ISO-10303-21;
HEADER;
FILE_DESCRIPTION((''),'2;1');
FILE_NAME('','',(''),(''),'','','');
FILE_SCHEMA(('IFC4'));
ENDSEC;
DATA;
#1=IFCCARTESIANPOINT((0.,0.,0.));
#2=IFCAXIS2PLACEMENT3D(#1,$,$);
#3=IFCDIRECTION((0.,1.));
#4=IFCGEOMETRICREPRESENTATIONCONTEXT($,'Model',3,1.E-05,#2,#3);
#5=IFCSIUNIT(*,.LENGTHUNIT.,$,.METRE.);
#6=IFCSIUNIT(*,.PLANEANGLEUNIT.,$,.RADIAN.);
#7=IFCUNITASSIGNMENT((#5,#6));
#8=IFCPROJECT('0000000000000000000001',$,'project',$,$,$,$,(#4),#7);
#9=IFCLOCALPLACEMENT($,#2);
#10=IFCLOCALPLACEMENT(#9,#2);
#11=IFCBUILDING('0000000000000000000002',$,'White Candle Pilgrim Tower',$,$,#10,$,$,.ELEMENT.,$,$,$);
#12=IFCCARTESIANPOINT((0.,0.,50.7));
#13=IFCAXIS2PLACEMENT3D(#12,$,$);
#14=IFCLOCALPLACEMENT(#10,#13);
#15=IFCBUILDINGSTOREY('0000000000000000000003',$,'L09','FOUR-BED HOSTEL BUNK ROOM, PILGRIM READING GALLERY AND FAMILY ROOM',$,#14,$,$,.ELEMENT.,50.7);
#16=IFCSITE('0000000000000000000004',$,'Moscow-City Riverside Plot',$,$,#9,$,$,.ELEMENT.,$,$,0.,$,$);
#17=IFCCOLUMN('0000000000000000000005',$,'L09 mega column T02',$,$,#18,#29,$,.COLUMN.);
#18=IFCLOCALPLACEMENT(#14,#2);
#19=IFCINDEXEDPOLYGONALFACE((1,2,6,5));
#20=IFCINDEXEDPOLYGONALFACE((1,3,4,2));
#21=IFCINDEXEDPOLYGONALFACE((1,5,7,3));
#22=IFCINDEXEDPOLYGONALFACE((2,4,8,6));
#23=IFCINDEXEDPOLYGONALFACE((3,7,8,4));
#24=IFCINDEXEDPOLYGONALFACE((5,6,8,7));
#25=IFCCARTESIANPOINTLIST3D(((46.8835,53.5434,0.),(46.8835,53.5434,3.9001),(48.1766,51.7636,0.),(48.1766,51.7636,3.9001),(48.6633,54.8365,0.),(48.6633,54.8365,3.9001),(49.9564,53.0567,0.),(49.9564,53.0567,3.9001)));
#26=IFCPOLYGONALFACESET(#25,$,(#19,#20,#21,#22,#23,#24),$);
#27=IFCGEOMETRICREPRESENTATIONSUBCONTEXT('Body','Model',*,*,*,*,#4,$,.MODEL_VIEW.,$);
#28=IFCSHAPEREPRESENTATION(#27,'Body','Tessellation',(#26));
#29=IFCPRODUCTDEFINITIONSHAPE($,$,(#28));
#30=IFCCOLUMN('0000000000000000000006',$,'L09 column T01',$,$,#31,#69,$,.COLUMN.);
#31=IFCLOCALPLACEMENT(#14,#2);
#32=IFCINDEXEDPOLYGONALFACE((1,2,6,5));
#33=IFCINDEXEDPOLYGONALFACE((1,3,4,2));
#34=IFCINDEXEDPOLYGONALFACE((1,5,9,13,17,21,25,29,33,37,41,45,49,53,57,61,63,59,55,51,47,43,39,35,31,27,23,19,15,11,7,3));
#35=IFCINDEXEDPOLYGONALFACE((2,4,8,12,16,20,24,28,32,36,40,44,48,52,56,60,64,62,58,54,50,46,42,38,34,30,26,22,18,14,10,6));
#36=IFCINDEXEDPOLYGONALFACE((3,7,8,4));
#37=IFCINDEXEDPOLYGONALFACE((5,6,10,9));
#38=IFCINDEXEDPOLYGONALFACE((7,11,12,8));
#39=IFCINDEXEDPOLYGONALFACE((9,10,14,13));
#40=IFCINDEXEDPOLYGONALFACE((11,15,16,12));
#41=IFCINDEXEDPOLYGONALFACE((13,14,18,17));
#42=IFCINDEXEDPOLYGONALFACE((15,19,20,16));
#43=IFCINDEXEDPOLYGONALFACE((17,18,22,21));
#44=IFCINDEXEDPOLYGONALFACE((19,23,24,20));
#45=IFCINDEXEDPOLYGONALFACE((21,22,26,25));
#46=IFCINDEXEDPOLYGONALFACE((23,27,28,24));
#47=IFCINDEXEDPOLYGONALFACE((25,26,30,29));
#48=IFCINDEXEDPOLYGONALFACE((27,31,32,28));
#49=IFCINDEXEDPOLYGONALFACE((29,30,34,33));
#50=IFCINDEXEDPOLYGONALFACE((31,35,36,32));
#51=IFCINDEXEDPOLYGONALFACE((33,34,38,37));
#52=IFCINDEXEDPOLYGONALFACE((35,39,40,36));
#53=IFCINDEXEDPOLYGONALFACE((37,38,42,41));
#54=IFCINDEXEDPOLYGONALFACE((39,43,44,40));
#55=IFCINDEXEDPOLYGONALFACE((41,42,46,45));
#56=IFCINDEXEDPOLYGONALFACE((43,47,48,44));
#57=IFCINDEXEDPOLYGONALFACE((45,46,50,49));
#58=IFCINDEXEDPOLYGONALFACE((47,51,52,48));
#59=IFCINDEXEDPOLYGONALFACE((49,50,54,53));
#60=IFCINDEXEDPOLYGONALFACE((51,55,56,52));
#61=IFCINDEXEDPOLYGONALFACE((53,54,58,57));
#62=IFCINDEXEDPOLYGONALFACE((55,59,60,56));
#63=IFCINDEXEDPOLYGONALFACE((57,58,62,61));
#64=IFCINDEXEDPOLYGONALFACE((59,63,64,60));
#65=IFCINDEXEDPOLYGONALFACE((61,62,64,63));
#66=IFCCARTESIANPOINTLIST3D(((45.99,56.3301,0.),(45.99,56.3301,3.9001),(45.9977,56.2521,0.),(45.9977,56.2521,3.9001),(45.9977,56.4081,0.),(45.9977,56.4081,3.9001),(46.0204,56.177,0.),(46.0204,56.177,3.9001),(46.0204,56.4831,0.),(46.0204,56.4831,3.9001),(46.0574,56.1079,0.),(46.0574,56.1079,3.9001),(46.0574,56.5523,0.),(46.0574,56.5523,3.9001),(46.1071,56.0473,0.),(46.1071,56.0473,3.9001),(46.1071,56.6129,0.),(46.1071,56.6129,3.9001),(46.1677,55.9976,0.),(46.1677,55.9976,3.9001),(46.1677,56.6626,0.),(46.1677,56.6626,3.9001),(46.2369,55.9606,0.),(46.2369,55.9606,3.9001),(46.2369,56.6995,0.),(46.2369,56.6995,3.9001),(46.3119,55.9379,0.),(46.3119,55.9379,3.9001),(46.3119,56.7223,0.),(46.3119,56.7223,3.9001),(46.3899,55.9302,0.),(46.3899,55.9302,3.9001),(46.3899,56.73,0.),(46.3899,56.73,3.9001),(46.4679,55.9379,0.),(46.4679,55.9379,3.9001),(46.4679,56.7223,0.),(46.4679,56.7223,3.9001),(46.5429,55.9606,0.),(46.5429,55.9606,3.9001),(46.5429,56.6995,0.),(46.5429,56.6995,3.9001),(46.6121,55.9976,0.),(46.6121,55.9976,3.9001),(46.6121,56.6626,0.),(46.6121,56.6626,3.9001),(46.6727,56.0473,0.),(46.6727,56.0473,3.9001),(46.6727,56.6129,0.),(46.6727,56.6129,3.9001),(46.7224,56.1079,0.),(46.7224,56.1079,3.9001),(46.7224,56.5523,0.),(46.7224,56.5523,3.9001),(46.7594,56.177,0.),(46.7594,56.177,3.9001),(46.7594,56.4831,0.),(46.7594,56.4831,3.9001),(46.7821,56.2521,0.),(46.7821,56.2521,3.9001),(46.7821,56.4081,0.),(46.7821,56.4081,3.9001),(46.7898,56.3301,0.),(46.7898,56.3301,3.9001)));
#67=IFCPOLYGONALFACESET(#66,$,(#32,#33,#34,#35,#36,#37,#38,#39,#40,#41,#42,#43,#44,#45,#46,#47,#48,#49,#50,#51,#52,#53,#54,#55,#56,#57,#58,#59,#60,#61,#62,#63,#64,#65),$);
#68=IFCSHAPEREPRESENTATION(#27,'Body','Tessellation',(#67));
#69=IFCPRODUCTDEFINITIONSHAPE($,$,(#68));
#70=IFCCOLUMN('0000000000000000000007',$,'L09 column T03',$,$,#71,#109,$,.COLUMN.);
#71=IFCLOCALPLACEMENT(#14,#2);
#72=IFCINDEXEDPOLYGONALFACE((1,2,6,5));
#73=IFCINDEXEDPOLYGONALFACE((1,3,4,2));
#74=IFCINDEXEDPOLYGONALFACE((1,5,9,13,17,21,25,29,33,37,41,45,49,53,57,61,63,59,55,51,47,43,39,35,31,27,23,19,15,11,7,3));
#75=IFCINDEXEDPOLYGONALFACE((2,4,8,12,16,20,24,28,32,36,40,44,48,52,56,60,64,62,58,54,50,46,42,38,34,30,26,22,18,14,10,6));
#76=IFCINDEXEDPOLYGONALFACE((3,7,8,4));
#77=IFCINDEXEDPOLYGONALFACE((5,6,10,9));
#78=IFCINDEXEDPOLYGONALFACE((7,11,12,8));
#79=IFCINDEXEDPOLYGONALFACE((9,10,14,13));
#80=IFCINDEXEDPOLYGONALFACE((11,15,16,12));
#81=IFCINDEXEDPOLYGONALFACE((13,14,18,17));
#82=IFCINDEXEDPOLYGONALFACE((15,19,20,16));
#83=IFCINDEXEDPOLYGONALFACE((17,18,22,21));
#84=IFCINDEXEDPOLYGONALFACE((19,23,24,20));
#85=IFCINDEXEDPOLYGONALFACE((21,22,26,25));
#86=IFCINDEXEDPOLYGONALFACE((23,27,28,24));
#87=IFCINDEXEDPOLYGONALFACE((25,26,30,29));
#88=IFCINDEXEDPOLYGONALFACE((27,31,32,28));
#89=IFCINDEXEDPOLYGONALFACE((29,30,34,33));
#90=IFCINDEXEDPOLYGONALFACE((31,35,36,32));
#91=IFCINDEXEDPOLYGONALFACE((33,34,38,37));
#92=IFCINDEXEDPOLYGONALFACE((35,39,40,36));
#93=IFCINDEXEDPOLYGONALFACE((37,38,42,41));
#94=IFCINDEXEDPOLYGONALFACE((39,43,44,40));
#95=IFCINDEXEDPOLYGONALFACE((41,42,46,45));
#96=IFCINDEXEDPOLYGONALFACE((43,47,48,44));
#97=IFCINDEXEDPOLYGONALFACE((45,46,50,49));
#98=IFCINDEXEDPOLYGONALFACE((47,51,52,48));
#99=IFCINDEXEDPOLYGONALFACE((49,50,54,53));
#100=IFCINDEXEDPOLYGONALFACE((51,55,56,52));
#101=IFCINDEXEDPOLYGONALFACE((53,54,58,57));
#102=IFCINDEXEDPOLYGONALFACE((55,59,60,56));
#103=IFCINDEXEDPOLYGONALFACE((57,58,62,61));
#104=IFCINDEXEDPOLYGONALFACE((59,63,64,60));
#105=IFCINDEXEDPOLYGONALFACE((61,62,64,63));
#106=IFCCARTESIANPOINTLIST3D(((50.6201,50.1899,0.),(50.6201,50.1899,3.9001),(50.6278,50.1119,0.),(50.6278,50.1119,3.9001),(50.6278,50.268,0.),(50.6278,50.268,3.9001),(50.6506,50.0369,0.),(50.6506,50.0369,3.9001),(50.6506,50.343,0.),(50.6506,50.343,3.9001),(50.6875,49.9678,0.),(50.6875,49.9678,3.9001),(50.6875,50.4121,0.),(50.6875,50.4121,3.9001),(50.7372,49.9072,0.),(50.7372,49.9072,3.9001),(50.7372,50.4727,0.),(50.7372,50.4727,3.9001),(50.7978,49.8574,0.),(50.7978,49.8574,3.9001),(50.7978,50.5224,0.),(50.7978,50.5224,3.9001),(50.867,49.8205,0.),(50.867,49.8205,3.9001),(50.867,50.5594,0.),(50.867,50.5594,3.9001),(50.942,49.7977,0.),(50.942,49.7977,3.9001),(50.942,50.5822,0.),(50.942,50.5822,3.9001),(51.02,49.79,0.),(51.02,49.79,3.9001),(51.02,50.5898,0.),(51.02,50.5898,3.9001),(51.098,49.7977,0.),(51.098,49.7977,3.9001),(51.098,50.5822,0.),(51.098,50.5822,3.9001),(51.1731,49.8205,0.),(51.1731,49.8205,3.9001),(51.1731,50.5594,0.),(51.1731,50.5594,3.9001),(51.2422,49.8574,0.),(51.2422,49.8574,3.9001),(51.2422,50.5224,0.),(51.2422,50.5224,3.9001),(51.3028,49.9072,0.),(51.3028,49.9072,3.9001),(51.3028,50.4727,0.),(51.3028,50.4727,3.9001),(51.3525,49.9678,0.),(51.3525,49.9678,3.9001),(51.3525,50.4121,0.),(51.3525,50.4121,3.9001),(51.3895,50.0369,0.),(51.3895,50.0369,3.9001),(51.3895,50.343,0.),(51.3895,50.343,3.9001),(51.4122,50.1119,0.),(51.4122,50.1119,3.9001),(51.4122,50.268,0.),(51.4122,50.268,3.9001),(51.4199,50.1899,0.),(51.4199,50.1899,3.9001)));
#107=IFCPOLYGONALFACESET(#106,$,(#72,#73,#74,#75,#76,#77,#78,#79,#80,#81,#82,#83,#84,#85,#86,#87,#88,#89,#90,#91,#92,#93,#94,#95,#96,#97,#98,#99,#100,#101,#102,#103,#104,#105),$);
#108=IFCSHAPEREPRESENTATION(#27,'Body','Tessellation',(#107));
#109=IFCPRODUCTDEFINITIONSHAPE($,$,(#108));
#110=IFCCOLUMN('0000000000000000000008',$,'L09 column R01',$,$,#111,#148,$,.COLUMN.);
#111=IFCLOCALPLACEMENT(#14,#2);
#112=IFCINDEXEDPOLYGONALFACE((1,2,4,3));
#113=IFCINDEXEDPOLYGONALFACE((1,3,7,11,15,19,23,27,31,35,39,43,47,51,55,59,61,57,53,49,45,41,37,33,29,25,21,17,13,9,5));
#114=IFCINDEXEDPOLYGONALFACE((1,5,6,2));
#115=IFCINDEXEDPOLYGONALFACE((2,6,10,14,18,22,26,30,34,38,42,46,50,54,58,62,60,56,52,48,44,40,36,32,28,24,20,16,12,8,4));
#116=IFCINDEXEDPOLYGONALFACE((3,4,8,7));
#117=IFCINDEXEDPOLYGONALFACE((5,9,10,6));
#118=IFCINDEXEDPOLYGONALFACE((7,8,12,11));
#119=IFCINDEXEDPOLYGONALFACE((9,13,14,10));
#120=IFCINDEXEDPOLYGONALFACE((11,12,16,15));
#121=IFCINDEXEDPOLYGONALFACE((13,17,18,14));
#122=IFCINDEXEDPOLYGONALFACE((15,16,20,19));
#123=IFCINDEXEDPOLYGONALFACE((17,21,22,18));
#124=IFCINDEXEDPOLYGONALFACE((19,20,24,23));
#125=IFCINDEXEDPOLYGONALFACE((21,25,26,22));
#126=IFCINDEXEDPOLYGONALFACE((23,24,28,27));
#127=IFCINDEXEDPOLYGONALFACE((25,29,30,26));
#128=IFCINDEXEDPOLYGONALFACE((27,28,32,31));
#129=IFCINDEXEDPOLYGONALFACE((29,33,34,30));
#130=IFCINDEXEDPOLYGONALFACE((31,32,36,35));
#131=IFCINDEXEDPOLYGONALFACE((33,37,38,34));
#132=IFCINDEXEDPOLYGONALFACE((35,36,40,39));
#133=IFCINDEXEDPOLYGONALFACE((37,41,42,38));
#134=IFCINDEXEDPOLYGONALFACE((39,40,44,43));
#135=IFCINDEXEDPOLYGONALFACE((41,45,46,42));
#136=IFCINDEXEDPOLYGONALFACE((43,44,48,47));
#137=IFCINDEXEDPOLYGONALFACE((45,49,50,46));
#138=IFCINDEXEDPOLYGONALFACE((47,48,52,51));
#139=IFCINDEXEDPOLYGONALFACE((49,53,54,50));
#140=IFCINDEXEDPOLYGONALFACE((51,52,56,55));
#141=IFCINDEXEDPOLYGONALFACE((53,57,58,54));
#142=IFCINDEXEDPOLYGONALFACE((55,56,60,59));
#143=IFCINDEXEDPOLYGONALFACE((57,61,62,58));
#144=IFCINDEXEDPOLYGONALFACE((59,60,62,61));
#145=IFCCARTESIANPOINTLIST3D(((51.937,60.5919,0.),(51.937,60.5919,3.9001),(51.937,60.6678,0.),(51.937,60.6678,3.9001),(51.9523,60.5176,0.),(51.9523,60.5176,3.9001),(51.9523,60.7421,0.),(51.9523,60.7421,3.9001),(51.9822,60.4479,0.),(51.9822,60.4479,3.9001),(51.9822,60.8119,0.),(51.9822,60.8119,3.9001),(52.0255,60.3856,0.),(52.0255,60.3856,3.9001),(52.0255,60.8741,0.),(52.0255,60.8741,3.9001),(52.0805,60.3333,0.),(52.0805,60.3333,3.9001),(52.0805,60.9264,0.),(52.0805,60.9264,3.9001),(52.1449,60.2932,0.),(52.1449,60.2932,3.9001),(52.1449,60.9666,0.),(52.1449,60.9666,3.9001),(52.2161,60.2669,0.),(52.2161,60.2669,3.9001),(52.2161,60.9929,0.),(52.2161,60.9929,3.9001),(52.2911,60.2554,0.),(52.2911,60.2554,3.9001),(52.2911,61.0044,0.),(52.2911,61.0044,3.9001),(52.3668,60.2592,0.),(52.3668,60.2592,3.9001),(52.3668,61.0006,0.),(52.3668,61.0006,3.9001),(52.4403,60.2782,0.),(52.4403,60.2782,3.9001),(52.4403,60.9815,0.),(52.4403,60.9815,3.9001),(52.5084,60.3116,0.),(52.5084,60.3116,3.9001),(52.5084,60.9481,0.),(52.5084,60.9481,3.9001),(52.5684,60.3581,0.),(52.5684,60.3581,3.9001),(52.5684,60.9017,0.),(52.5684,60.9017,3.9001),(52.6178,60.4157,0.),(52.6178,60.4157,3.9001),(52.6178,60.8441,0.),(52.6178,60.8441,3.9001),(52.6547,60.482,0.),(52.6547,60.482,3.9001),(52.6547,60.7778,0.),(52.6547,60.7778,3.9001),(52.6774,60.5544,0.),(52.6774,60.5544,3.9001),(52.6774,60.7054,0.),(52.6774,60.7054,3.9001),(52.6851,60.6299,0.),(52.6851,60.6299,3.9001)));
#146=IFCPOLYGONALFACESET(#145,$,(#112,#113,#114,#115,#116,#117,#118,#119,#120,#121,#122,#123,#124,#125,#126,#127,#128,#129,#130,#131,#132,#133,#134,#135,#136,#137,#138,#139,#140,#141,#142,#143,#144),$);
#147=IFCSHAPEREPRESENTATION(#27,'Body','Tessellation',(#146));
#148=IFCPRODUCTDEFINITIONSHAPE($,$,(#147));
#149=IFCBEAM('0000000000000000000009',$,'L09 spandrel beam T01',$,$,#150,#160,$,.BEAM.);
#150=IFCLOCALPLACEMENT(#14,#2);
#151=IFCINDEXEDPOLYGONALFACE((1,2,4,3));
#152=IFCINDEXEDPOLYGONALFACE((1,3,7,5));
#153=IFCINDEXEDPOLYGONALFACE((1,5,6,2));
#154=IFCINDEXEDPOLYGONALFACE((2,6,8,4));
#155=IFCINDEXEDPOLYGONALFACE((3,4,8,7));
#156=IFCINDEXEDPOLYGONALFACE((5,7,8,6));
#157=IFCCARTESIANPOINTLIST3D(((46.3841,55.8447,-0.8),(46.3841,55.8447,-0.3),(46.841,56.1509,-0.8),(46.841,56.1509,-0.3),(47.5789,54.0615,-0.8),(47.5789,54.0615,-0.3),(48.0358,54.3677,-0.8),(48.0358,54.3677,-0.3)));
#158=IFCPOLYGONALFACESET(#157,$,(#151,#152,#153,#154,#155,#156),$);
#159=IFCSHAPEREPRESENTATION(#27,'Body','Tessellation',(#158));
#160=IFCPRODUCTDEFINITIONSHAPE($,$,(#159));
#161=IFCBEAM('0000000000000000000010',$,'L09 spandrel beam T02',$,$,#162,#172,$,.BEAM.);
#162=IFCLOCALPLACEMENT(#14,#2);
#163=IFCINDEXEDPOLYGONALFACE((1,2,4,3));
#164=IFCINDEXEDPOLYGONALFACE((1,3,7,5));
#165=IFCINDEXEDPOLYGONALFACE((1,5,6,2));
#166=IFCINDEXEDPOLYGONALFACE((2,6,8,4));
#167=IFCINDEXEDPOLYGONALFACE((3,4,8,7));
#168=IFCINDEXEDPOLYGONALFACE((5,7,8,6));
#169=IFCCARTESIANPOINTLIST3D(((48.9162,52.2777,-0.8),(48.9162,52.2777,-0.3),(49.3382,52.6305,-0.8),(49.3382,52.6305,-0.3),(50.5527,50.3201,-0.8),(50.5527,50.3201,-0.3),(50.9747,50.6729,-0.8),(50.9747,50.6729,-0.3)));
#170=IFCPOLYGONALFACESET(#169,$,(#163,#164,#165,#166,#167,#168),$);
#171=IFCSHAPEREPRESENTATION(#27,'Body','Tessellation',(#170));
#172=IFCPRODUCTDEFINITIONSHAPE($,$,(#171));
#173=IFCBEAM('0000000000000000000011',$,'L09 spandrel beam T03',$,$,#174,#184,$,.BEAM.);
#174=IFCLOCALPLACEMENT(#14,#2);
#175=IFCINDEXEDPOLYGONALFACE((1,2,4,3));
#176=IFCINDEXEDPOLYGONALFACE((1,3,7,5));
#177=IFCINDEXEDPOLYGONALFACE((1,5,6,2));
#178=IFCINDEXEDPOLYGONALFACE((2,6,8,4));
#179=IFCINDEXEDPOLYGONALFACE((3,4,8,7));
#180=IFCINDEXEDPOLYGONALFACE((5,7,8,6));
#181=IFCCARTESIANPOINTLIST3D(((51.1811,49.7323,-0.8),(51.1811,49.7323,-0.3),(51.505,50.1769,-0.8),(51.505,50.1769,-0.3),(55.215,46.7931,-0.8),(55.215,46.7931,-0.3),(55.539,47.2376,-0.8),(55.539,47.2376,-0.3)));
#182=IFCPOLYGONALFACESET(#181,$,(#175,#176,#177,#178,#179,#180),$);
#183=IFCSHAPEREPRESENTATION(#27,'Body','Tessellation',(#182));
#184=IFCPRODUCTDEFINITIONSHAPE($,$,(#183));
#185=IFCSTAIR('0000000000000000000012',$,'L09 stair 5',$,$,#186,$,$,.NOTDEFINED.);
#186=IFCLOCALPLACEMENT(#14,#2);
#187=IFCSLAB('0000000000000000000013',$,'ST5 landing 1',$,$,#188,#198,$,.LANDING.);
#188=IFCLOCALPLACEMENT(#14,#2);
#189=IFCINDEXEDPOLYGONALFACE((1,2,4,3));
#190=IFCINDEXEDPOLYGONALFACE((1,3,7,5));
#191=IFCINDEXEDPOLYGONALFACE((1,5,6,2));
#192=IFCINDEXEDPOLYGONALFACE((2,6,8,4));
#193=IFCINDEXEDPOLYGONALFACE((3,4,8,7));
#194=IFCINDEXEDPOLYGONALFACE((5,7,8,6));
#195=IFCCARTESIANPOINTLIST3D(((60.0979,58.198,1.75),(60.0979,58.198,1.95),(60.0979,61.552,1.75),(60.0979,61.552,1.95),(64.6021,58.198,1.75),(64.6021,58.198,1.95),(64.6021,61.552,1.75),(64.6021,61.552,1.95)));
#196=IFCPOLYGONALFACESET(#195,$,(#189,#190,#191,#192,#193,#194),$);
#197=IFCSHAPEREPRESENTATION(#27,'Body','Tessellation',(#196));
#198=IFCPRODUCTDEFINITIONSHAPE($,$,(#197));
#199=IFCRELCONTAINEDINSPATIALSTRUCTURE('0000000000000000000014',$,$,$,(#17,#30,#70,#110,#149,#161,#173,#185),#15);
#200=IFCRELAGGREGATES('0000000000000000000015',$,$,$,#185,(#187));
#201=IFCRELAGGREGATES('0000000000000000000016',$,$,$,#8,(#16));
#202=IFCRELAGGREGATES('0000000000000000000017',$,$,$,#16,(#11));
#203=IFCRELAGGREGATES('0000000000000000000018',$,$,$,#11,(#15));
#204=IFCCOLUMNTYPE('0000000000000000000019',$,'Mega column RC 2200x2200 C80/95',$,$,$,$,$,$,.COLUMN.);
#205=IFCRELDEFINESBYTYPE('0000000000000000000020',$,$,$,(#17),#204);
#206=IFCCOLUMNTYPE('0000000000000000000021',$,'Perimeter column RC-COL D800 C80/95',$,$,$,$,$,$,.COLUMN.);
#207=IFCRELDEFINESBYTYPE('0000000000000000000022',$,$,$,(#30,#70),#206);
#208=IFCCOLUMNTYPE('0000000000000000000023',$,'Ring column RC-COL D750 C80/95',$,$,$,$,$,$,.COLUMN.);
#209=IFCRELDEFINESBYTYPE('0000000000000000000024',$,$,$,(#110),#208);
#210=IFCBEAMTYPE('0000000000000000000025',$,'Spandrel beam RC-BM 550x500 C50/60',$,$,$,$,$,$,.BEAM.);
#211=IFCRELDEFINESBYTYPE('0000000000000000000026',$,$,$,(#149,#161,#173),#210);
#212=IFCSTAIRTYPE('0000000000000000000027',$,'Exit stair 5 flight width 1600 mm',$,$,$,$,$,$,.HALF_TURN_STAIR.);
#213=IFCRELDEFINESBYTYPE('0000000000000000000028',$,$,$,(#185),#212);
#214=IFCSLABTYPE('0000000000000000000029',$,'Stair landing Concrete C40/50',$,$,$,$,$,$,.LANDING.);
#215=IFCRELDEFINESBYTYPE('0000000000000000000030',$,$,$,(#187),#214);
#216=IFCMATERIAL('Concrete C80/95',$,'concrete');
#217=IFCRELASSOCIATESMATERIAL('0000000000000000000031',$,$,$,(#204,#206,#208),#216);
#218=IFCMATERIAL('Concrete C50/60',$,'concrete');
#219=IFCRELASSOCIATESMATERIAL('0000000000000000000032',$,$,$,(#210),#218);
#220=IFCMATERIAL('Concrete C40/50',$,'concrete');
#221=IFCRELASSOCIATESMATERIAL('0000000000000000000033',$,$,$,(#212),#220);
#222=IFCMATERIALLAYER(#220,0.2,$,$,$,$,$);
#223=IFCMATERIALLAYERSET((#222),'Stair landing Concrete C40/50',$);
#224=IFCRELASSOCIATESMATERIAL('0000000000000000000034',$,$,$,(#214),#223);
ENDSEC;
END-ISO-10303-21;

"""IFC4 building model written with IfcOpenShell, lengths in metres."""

from ifc_helpers import new_model, si_unit, direction, frame, origin, origin_2d, place, context, subcontext, project, spatial, polyline, rectangle, circle, outline, extrude, material, layer, layer_set, material_profile, profile_set, type_object, element, aggregate, save


model = new_model("IFC4")

# Units and contexts
model_context = context("Model", 3, precision=1e-05, world=origin(), true_north=direction((0.0, 1.0)))
body_context = subcontext(model_context, "Body", "Model", "MODEL_VIEW")
ifc_project = project(units=[si_unit("LENGTHUNIT", "METRE"), si_unit("PLANEANGLEUNIT", "RADIAN")], contexts=[model_context])

# Site, building, storey
site_placement = place(None, origin())
site = spatial("IfcSite", under=ifc_project, at=site_placement, Name="Moscow-City Riverside Plot", CompositionType="ELEMENT", RefElevation=0.0)
building_placement = place(site_placement, origin())
building = spatial("IfcBuilding", under=site, at=building_placement, Name="White Candle Pilgrim Tower", CompositionType="ELEMENT")
storey_placement = place(building_placement, frame((0.0, 0.0, 50.7)))
storey = spatial("IfcBuildingStorey", under=building, at=storey_placement, Name="L09", Description="FOUR-BED HOSTEL BUNK ROOM, PILGRIM READING GALLERY AND FAMILY ROOM", CompositionType="ELEMENT", Elevation=50.7)

# Columns
ifc_material_1 = material(Name="Concrete C80/95", Category="concrete")
ifc_material_profile_1 = material_profile(ifc_material_1, rectangle(XDim=2.2, YDim=2.2, at=origin_2d()), Name="RC 2200x2200")
ifc_profile_set_1 = profile_set([ifc_material_profile_1], Name="Concrete C80/95")
column_type_1 = type_object("IfcColumnType", Name="Mega column RC 2200x2200 C80/95", PredefinedType="COLUMN", material=ifc_profile_set_1)
column_1_placement = place(storey_placement, frame((48.4199, 53.3, 0.0), z_axis=(0.0, 0.0, 1.0), x_axis=(-0.809017, -0.587785, 0.0)))
element("IfcColumn", 1, at=column_1_placement, inside=storey, type_object=column_type_1, Name="L09 mega column T02", PredefinedType="COLUMN", context=body_context, shape_type="SweptSolid", body=[
    extrude(rectangle(XDim=2.2, YDim=2.2, at=origin_2d()), origin(), (0.0, 0.0, 1.0), 3.9001),
])
ifc_material_profile_2 = material_profile(ifc_material_1, circle(Radius=0.3999, at=origin_2d()), Name="RC-COL D800")
ifc_profile_set_2 = profile_set([ifc_material_profile_2], Name="Concrete C80/95")
column_type_2 = type_object("IfcColumnType", Name="Perimeter column RC-COL D800 C80/95", PredefinedType="COLUMN", material=ifc_profile_set_2)
for number, where, z_axis, x_axis, name in (
    (2, (46.3899, 56.3301, 0.0), (0.0, 0.0, 1.0), (1.0, 0.0, 0.0), "L09 column T01"),
    (3, (51.02, 50.1899, 0.0), (0.0, 0.0, 1.0), (1.0, 0.0, 0.0), "L09 column T03"),
):
    element("IfcColumn", number, at=place(storey_placement, frame(where, z_axis=z_axis, x_axis=x_axis)), inside=storey, type_object=column_type_2, Name=name, PredefinedType="COLUMN", context=body_context, shape_type="SweptSolid", body=[
        extrude(circle(Radius=0.3999, at=origin_2d()), origin(), (0.0, 0.0, 1.0), 3.9001),
    ])
ifc_material_profile_3 = material_profile(ifc_material_1, circle(Radius=0.375, at=origin_2d()), Name="RC-COL D750")
ifc_profile_set_3 = profile_set([ifc_material_profile_3], Name="Concrete C80/95")
column_type_3 = type_object("IfcColumnType", Name="Ring column RC-COL D750 C80/95", PredefinedType="COLUMN", material=ifc_profile_set_3)
column_2_placement = place(storey_placement, frame((52.3101, 60.6299, 0.0), z_axis=(0.0, 0.0, 1.0), x_axis=(1.0, 0.0, 0.0)))
element("IfcColumn", 4, at=column_2_placement, inside=storey, type_object=column_type_3, Name="L09 column R01", PredefinedType="COLUMN", context=body_context, shape_type="SweptSolid", body=[
    extrude(circle(Radius=0.375, at=origin_2d()), origin(), (0.0, 0.0, 1.0), 3.9001),
])

# Beams
ifc_material_2 = material(Name="Concrete C50/60", Category="concrete")
ifc_material_profile_4 = material_profile(ifc_material_2, rectangle(XDim=0.55, YDim=0.5, at=origin_2d()), Name="RC-BM 550x500")
ifc_profile_set_4 = profile_set([ifc_material_profile_4], Name="Concrete C50/60")
beam_type = type_object("IfcBeamType", Name="Spandrel beam RC-BM 550x500 C50/60", PredefinedType="BEAM", material=ifc_profile_set_4)
beam_1_placement = place(storey_placement, frame((46.6125, 55.9978, -0.55), z_axis=(0.556641, -0.830753, 0.0), x_axis=(0.830753, 0.556641, 0.0)))
element("IfcBeam", 5, at=beam_1_placement, inside=storey, type_object=beam_type, Name="L09 spandrel beam T01", PredefinedType="BEAM", context=body_context, shape_type="SweptSolid", body=[
    extrude(rectangle(XDim=0.55, YDim=0.5, at=origin_2d()), origin(), (0.0, 0.0, 1.0), 2.1465),
])
beam_2_placement = place(storey_placement, frame((49.1272, 52.4541, -0.55), z_axis=(0.641388, -0.767216, 0.0), x_axis=(0.767216, 0.641388, 0.0)))
element("IfcBeam", 6, at=beam_2_placement, inside=storey, type_object=beam_type, Name="L09 spandrel beam T02", PredefinedType="BEAM", context=body_context, shape_type="SweptSolid", body=[
    extrude(rectangle(XDim=0.55, YDim=0.5, at=origin_2d()), origin(), (0.0, 0.0, 1.0), 2.5515),
])
beam_3_placement = place(storey_placement, frame((51.343, 49.9546, -0.55), z_axis=(0.808218, -0.588884, 0.0), x_axis=(0.588884, 0.808218, 0.0)))
element("IfcBeam", 7, at=beam_3_placement, inside=storey, type_object=beam_type, Name="L09 spandrel beam T03", PredefinedType="BEAM", context=body_context, shape_type="SweptSolid", body=[
    extrude(rectangle(XDim=0.55, YDim=0.5, at=origin_2d()), origin(), (0.0, 0.0, 1.0), 4.9912),
])

# Stair, slab
ifc_material_3 = material(Name="Concrete C40/50", Category="concrete")
stair_type = type_object("IfcStairType", Name="Exit stair 5 flight width 1600 mm", PredefinedType="HALF_TURN_STAIR", material=ifc_material_3)
stair_placement = place(storey_placement, origin())
stair = element("IfcStair", 8, at=stair_placement, inside=storey, type_object=stair_type, Name="L09 stair 5", PredefinedType="NOTDEFINED")
ifc_layer_1 = layer(ifc_material_3, 0.2)
ifc_layer_set_1 = layer_set([ifc_layer_1], Name="Stair landing Concrete C40/50")
slab_type = type_object("IfcSlabType", Name="Stair landing Concrete C40/50", PredefinedType="LANDING", material=ifc_layer_set_1)
slab_placement = place(storey_placement, frame((0.0, 0.0, 1.75)))
slab = element("IfcSlab", 9, at=slab_placement, type_object=slab_type, Name="ST5 landing 1", PredefinedType="LANDING", context=body_context, shape_type="SweptSolid", body=[
    extrude(outline(polyline([(60.0979, 58.198), (60.0979, 61.552), (64.6021, 61.552), (64.6021, 58.198), (60.0979, 58.198)])), origin(), (0.0, 0.0, 1.0), 0.2),
])
aggregate(stair, [slab])

save(model, "model.ifc")
